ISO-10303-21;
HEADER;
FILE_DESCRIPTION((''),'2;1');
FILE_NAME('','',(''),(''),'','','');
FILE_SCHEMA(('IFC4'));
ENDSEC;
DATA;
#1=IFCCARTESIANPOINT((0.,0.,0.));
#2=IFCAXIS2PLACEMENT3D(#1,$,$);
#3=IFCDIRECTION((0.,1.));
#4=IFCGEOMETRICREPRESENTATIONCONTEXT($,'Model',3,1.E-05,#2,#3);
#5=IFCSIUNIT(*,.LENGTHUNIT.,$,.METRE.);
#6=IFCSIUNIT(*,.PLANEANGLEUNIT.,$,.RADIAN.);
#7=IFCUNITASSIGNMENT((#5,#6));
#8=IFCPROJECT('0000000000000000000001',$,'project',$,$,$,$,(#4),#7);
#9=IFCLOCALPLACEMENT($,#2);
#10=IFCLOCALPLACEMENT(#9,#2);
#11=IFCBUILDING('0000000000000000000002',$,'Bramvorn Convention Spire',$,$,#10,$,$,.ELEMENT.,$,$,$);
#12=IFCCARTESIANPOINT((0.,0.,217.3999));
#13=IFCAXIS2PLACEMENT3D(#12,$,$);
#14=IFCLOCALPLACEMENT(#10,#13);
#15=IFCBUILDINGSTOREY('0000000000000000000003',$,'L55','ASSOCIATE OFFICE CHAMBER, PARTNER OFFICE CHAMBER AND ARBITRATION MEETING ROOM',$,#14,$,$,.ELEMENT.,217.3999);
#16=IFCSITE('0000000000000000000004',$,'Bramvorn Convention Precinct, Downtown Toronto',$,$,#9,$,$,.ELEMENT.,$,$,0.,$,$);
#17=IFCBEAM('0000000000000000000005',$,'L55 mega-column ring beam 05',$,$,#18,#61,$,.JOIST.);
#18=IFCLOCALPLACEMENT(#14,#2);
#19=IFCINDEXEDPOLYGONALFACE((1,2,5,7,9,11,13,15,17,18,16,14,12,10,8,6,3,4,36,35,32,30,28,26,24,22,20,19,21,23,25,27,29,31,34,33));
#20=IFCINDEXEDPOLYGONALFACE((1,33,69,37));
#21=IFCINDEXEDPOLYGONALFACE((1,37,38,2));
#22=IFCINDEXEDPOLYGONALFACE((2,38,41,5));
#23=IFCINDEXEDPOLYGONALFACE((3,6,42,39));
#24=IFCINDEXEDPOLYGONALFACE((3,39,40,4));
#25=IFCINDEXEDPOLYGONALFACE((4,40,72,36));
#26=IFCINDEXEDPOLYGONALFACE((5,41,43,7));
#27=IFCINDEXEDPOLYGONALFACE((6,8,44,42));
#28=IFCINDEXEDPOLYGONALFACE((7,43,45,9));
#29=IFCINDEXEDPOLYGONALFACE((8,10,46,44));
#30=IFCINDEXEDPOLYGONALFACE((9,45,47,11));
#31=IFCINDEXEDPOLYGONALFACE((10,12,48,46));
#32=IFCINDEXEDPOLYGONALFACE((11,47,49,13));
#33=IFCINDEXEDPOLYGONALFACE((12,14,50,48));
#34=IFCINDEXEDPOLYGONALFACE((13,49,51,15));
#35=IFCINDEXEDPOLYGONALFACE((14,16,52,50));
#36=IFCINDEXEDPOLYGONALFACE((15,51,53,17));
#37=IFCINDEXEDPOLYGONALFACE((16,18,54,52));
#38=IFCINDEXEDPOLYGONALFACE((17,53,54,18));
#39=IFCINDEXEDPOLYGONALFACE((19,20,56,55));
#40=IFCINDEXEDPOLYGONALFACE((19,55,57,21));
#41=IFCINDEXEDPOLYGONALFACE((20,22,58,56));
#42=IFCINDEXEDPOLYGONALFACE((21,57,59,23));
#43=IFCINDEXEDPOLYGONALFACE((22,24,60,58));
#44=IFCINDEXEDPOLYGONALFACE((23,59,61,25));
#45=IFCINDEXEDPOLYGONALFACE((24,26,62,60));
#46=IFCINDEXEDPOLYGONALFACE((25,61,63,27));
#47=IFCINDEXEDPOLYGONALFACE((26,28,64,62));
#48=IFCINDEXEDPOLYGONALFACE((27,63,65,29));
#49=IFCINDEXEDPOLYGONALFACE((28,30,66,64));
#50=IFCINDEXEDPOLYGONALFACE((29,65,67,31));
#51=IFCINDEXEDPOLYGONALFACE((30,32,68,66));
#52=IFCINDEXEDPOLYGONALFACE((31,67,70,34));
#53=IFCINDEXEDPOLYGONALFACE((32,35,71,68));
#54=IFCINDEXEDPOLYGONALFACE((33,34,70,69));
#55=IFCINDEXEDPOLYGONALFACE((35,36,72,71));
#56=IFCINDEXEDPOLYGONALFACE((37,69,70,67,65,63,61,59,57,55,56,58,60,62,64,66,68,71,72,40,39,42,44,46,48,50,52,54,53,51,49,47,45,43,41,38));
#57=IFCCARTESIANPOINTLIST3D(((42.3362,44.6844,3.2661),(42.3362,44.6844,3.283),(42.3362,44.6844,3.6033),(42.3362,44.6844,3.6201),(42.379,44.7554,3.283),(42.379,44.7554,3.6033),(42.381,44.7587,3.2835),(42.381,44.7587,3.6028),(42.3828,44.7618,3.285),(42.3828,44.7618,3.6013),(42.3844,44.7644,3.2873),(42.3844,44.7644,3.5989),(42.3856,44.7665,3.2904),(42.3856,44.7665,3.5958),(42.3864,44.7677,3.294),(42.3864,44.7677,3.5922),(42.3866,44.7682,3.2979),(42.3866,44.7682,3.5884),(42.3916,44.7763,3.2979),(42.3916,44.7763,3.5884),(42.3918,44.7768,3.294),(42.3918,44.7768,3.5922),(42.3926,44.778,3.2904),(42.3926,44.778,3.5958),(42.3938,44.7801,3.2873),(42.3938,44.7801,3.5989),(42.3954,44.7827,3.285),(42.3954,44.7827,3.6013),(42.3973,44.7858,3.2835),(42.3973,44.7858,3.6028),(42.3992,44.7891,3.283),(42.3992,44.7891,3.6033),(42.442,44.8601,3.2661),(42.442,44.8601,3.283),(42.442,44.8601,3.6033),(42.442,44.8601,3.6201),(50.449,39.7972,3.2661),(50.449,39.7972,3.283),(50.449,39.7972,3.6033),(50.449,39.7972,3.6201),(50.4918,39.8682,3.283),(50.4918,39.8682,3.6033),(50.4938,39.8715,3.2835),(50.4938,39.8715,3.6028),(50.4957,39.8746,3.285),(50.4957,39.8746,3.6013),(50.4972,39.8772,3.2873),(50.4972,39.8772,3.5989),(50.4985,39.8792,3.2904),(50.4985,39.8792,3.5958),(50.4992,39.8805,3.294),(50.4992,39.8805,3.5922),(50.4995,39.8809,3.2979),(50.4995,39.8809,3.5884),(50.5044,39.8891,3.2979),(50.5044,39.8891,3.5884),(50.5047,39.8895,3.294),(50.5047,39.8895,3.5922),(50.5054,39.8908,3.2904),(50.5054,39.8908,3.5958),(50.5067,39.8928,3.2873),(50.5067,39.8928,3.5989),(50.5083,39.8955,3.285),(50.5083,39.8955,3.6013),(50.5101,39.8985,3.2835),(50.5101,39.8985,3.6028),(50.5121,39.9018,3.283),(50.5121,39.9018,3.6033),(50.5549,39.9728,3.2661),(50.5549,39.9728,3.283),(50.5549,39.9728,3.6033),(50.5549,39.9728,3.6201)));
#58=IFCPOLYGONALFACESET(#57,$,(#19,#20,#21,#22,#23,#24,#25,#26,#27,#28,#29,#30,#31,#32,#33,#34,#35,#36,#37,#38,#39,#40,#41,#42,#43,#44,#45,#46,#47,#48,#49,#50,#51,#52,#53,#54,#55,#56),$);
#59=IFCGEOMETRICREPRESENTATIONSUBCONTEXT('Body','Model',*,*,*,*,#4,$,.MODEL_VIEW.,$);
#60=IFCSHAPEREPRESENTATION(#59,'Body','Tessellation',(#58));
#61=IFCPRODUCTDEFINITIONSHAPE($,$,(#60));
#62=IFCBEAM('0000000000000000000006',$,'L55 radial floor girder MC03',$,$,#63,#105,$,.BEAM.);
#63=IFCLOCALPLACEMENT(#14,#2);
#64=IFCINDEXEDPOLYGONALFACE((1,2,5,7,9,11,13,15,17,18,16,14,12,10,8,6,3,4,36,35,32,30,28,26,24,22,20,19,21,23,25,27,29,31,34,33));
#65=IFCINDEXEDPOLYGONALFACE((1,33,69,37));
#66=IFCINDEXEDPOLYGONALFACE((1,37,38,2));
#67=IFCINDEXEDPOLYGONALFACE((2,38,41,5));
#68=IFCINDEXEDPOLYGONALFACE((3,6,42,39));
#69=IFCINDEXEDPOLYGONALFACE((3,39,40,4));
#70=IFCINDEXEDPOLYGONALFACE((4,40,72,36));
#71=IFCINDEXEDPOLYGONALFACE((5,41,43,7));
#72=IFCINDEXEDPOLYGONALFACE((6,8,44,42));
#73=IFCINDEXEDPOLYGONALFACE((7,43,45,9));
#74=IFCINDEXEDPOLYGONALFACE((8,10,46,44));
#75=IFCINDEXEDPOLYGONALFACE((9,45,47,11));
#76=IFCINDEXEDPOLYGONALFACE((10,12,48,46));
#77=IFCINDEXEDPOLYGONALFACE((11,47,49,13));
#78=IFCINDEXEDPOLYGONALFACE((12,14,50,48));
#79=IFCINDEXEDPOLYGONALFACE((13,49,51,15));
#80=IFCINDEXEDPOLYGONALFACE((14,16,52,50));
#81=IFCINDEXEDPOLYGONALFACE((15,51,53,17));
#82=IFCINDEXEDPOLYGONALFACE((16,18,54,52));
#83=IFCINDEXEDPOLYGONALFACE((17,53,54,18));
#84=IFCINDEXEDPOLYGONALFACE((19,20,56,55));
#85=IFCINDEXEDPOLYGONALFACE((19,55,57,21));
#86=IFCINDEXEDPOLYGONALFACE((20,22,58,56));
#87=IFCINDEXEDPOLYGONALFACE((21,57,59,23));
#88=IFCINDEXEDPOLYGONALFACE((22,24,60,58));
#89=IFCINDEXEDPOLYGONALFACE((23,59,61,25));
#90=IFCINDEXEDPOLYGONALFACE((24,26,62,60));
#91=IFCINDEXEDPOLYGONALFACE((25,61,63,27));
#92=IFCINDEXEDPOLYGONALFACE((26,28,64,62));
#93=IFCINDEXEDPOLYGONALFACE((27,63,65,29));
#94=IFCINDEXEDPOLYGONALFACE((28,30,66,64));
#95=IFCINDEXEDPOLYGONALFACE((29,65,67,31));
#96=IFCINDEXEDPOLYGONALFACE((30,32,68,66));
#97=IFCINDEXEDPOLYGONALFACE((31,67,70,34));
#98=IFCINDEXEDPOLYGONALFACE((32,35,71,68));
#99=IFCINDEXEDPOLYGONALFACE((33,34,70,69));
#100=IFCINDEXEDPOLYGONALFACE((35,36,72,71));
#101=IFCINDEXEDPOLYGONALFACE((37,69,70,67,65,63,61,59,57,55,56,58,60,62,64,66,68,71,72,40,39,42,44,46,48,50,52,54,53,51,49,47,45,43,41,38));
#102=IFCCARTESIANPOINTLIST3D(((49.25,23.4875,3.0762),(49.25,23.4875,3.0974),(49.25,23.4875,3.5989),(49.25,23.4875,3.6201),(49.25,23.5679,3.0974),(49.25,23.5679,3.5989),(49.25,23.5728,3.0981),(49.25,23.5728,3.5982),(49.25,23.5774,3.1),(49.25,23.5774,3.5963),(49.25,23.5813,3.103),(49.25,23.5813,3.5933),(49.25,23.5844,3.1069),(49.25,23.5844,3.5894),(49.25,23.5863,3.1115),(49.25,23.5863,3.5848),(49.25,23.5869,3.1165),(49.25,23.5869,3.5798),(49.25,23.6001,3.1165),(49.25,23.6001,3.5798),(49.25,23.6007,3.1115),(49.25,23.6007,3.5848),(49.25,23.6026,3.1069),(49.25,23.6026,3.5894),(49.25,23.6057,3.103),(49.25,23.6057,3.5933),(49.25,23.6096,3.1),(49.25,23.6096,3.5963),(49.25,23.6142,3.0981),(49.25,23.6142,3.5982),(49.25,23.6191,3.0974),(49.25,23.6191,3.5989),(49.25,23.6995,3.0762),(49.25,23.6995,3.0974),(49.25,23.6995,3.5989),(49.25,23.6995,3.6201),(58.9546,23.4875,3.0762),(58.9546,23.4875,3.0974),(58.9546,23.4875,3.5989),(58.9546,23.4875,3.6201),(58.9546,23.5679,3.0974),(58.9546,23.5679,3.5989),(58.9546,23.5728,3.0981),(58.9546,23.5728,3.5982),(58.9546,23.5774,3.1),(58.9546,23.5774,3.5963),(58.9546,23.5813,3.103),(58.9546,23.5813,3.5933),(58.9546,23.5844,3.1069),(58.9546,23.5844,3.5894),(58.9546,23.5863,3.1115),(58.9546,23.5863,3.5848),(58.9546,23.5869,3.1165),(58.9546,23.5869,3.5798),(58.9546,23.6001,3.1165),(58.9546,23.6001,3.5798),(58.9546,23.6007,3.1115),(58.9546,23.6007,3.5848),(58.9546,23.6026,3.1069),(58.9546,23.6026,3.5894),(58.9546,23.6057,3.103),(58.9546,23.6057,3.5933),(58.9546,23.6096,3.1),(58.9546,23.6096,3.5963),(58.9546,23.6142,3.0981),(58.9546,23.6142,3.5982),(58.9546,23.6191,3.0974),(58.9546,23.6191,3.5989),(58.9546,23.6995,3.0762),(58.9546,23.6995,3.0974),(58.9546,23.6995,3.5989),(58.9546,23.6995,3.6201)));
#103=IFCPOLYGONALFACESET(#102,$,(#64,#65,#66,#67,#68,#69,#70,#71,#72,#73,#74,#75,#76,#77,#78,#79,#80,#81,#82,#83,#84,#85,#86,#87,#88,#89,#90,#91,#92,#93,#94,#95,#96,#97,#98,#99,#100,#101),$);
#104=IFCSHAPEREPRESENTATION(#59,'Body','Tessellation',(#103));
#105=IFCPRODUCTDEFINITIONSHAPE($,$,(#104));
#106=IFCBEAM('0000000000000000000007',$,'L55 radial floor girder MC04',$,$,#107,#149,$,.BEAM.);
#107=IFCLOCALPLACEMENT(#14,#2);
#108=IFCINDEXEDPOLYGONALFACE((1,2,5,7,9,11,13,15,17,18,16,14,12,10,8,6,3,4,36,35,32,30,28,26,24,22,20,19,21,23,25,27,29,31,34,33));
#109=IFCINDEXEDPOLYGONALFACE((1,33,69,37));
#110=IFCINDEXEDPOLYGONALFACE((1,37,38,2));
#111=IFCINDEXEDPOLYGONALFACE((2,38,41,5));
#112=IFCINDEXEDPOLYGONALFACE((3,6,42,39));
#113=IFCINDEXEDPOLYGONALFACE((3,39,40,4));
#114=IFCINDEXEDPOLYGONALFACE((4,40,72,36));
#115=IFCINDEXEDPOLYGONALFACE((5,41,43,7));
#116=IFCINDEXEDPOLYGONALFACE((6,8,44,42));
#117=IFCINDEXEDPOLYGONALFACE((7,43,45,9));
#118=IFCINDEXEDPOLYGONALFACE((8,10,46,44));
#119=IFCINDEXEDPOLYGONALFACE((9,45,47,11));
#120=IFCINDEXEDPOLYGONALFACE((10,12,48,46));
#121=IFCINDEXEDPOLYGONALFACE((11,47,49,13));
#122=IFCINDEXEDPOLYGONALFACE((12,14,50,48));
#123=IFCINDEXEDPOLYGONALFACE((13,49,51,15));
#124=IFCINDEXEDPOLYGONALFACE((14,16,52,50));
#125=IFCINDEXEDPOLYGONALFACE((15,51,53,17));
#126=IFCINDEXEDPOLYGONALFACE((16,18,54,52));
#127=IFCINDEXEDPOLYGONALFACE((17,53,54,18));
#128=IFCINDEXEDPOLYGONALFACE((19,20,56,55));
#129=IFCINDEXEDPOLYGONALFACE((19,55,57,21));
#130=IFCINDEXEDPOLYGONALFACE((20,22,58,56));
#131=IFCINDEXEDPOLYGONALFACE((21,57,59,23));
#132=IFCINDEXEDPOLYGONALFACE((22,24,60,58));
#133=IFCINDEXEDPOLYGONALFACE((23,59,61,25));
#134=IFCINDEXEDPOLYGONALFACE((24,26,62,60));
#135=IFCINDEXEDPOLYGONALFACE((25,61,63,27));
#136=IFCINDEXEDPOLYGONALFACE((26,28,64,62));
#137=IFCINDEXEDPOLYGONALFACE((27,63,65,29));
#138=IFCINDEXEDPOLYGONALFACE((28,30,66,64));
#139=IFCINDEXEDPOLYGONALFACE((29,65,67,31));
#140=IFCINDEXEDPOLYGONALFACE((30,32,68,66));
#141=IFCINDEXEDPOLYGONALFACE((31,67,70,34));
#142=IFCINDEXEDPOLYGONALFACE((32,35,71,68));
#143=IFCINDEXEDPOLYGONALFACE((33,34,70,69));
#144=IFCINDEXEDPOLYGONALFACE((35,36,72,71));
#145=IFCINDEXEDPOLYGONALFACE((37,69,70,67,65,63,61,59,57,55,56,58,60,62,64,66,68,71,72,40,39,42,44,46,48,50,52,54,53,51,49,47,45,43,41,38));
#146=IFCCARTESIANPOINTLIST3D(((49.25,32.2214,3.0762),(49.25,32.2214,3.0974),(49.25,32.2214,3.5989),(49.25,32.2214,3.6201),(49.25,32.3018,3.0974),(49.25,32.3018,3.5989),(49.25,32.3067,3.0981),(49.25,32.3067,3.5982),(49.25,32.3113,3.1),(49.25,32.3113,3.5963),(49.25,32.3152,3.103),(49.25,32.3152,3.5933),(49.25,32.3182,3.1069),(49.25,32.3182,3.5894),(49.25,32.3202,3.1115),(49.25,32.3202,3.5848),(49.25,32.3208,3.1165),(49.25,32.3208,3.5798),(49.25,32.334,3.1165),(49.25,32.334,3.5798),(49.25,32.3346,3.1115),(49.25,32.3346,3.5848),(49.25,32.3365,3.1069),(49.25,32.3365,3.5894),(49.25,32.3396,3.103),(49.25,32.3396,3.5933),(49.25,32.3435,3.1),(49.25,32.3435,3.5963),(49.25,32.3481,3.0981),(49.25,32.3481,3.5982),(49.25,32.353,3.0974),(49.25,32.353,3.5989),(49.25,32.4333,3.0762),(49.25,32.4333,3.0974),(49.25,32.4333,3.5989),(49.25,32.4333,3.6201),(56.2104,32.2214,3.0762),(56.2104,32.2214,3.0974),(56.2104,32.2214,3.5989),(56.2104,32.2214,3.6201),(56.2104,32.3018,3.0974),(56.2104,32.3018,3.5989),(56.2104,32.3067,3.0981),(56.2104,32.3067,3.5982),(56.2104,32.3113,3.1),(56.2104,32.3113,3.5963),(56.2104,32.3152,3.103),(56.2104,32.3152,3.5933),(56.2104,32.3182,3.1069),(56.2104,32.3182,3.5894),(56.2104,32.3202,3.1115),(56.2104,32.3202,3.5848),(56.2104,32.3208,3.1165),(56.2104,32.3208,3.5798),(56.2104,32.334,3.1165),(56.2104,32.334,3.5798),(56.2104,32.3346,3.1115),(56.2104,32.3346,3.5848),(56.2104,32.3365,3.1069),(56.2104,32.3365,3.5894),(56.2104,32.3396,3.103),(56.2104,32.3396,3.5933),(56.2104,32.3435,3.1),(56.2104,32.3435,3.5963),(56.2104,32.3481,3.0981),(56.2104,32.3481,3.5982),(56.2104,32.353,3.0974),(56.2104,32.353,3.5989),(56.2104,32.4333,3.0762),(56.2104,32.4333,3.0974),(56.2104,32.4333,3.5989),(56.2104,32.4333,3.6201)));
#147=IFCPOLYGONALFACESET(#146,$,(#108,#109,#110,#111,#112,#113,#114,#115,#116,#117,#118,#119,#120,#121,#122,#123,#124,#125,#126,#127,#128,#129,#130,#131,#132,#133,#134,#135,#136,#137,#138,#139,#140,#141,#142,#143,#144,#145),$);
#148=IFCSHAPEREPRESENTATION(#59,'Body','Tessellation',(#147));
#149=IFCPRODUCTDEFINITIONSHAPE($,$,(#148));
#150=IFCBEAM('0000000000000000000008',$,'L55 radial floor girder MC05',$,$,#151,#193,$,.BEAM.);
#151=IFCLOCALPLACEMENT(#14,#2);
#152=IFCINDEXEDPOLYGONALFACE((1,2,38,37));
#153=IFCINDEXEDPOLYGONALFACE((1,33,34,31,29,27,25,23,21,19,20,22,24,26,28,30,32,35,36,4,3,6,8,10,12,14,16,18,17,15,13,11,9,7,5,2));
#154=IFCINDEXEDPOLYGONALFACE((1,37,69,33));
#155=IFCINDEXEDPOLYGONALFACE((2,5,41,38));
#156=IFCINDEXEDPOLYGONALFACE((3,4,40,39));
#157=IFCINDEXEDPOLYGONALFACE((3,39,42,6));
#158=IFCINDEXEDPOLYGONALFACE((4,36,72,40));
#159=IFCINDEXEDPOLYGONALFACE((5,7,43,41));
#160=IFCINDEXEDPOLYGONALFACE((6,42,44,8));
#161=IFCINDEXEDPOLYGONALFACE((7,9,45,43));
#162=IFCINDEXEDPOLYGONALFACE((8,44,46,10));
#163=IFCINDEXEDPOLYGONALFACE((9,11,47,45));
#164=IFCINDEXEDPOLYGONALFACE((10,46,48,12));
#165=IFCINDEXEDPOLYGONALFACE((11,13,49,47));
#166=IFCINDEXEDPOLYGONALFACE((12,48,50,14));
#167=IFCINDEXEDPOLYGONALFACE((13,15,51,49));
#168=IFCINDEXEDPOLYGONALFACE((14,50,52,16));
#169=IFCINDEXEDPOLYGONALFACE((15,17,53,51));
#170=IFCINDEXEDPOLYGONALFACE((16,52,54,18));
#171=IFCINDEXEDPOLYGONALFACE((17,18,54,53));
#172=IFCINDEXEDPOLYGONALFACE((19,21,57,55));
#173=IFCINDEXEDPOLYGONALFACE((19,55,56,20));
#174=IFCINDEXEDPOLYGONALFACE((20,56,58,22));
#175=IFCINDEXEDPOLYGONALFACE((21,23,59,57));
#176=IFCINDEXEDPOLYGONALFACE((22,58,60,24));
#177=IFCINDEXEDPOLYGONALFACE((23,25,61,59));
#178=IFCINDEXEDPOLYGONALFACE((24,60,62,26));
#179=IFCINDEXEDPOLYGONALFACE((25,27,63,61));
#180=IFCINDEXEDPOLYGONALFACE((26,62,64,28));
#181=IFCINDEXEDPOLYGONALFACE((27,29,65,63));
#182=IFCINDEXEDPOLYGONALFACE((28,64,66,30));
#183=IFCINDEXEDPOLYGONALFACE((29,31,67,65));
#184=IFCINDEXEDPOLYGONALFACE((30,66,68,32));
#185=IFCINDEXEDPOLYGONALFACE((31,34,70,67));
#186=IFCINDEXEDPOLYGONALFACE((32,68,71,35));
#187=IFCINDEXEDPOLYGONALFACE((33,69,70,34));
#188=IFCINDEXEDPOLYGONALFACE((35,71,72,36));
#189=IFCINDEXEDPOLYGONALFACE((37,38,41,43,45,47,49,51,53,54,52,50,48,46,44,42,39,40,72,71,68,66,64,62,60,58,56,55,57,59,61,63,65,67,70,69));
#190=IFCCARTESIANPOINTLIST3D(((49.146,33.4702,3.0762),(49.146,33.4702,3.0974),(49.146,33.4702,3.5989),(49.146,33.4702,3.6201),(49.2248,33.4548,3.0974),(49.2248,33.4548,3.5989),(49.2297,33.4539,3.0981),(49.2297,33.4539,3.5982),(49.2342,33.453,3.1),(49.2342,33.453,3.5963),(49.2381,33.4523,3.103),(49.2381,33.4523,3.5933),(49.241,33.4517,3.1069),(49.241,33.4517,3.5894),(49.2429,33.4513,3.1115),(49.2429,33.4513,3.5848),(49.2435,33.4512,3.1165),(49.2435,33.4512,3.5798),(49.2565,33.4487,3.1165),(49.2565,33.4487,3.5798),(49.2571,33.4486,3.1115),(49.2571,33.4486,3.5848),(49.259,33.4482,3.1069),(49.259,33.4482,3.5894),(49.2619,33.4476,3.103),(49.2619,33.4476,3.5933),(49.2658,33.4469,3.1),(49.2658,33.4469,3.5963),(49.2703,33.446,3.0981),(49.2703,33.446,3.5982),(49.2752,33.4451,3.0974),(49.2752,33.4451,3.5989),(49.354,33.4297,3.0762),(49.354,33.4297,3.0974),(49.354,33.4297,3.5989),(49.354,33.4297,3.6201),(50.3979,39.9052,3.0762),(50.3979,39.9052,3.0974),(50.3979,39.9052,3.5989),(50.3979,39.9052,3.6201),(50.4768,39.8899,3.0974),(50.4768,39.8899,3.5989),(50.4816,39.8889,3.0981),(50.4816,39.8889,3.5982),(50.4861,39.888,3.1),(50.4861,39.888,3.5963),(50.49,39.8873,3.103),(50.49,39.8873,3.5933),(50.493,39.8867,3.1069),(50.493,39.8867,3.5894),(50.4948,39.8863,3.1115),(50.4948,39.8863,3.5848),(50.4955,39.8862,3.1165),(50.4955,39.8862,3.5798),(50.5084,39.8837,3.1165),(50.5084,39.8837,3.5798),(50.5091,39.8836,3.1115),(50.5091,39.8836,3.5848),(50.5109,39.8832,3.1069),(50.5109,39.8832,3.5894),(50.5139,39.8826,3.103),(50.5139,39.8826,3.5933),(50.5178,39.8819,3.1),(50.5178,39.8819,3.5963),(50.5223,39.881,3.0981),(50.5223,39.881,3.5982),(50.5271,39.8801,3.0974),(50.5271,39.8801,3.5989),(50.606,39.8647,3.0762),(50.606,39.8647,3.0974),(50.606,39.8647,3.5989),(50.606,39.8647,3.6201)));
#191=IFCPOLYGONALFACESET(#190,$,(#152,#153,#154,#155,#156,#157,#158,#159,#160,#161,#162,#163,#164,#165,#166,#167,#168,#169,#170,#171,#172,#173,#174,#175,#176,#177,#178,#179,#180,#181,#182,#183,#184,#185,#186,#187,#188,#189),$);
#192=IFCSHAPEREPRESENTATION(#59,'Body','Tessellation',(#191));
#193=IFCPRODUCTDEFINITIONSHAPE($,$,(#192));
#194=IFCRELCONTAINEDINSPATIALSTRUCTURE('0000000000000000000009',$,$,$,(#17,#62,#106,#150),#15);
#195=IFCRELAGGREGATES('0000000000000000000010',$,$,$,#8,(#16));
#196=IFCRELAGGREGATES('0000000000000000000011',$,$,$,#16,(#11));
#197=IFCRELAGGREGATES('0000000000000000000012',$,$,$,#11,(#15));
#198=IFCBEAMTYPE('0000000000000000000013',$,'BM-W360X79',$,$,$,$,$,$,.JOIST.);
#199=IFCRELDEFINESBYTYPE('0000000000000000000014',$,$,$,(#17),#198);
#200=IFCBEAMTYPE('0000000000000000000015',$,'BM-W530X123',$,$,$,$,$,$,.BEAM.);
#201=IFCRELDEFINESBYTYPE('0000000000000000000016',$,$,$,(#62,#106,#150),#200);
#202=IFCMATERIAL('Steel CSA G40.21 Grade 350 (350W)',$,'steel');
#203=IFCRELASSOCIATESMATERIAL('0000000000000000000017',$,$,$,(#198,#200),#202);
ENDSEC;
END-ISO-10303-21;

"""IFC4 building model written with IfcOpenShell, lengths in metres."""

from ifc_helpers import new_model, si_unit, direction, frame, origin, origin_2d, place, context, subcontext, project, spatial, i_section, extrude, material, material_profile, profile_set, type_object, element, save


model = new_model("IFC4")

# Units and contexts
model_context = context("Model", 3, precision=1e-05, world=origin(), true_north=direction((0.0, 1.0)))
body_context = subcontext(model_context, "Body", "Model", "MODEL_VIEW")
ifc_project = project(units=[si_unit("LENGTHUNIT", "METRE"), si_unit("PLANEANGLEUNIT", "RADIAN")], contexts=[model_context])

# Site, building, storey
site_placement = place(None, origin())
site = spatial("IfcSite", under=ifc_project, at=site_placement, Name="Bramvorn Convention Precinct, Downtown Toronto", CompositionType="ELEMENT", RefElevation=0.0)
building_placement = place(site_placement, origin())
building = spatial("IfcBuilding", under=site, at=building_placement, Name="Bramvorn Convention Spire", CompositionType="ELEMENT")
storey_placement = place(building_placement, frame((0.0, 0.0, 217.3999)))
storey = spatial("IfcBuildingStorey", under=building, at=storey_placement, Name="L55", Description="ASSOCIATE OFFICE CHAMBER, PARTNER OFFICE CHAMBER AND ARBITRATION MEETING ROOM", CompositionType="ELEMENT", Elevation=217.3999)

# Shared definitions
ifc_material_1 = material(Name="Steel CSA G40.21 Grade 350 (350W)", Category="steel")

# Beams
ifc_material_profile_1 = material_profile(ifc_material_1, i_section(OverallWidth=0.2051, OverallDepth=0.354, WebThickness=0.0095, FlangeThickness=0.0168, FilletRadius=0.0149, at=origin_2d()))
ifc_profile_set_1 = profile_set([ifc_material_profile_1], Name="Steel CSA G40.21 Grade 350 (350W) - W360X79")
beam_type_1 = type_object("IfcBeamType", Name="BM-W360X79", PredefinedType="JOIST", material=ifc_profile_set_1)
for number, where, z_axis, x_axis, name in (
    (1, (50.502, 39.885, 3.4431), (-0.856582, 0.516011, 0.0), (-0.516011, -0.856582, 0.0), "L55 mega-column ring beam 05"),
):
    element("IfcBeam", number, at=place(storey_placement, frame(where, z_axis=z_axis, x_axis=x_axis)), inside=storey, type_object=beam_type_1, Name=name, PredefinedType="JOIST", context=body_context, shape_type="SweptSolid", body=[
        extrude(i_section(OverallWidth=0.2051, OverallDepth=0.354, WebThickness=0.0095, FlangeThickness=0.0168, FilletRadius=0.0149, at=origin_2d()), origin(), (0.0, 0.0, 1.0), 9.4712),
    ])
ifc_material_profile_2 = material_profile(ifc_material_1, i_section(OverallWidth=0.2119, OverallDepth=0.5439, WebThickness=0.0132, FlangeThickness=0.0212, FilletRadius=0.019, at=origin_2d()))
ifc_profile_set_2 = profile_set([ifc_material_profile_2], Name="Steel CSA G40.21 Grade 350 (350W) - W530X123")
beam_type_2 = type_object("IfcBeamType", Name="BM-W530X123", PredefinedType="BEAM", material=ifc_profile_set_2)
beam_1_placement = place(storey_placement, frame((49.25, 23.5935, 3.3481), z_axis=(1.0, 0.0, 0.0), x_axis=(0.0, 1.0, 0.0)))
element("IfcBeam", 2, at=beam_1_placement, inside=storey, type_object=beam_type_2, Name="L55 radial floor girder MC03", PredefinedType="BEAM", context=body_context, shape_type="SweptSolid", body=[
    extrude(i_section(OverallWidth=0.2119, OverallDepth=0.5439, WebThickness=0.0132, FlangeThickness=0.0212, FilletRadius=0.019, at=origin_2d()), origin(), (0.0, 0.0, 1.0), 9.7046),
])
beam_2_placement = place(storey_placement, frame((49.25, 32.3274, 3.3481), z_axis=(1.0, 0.0, 0.0), x_axis=(0.0, 1.0, 0.0)))
element("IfcBeam", 3, at=beam_2_placement, inside=storey, type_object=beam_type_2, Name="L55 radial floor girder MC04", PredefinedType="BEAM", context=body_context, shape_type="SweptSolid", body=[
    extrude(i_section(OverallWidth=0.2119, OverallDepth=0.5439, WebThickness=0.0132, FlangeThickness=0.0212, FilletRadius=0.019, at=origin_2d()), origin(), (0.0, 0.0, 1.0), 6.9604),
])
beam_3_placement = place(storey_placement, frame((49.25, 33.45, 3.3481), z_axis=(0.190971, 0.981596, 0.0), x_axis=(-0.981596, 0.190971, 0.0)))
element("IfcBeam", 4, at=beam_3_placement, inside=storey, type_object=beam_type_2, Name="L55 radial floor girder MC05", PredefinedType="BEAM", context=body_context, shape_type="SweptSolid", body=[
    extrude(i_section(OverallWidth=0.2119, OverallDepth=0.5439, WebThickness=0.0132, FlangeThickness=0.0212, FilletRadius=0.019, at=origin_2d()), origin(), (0.0, 0.0, 1.0), 6.5557),
])

save(model, "model.ifc")
